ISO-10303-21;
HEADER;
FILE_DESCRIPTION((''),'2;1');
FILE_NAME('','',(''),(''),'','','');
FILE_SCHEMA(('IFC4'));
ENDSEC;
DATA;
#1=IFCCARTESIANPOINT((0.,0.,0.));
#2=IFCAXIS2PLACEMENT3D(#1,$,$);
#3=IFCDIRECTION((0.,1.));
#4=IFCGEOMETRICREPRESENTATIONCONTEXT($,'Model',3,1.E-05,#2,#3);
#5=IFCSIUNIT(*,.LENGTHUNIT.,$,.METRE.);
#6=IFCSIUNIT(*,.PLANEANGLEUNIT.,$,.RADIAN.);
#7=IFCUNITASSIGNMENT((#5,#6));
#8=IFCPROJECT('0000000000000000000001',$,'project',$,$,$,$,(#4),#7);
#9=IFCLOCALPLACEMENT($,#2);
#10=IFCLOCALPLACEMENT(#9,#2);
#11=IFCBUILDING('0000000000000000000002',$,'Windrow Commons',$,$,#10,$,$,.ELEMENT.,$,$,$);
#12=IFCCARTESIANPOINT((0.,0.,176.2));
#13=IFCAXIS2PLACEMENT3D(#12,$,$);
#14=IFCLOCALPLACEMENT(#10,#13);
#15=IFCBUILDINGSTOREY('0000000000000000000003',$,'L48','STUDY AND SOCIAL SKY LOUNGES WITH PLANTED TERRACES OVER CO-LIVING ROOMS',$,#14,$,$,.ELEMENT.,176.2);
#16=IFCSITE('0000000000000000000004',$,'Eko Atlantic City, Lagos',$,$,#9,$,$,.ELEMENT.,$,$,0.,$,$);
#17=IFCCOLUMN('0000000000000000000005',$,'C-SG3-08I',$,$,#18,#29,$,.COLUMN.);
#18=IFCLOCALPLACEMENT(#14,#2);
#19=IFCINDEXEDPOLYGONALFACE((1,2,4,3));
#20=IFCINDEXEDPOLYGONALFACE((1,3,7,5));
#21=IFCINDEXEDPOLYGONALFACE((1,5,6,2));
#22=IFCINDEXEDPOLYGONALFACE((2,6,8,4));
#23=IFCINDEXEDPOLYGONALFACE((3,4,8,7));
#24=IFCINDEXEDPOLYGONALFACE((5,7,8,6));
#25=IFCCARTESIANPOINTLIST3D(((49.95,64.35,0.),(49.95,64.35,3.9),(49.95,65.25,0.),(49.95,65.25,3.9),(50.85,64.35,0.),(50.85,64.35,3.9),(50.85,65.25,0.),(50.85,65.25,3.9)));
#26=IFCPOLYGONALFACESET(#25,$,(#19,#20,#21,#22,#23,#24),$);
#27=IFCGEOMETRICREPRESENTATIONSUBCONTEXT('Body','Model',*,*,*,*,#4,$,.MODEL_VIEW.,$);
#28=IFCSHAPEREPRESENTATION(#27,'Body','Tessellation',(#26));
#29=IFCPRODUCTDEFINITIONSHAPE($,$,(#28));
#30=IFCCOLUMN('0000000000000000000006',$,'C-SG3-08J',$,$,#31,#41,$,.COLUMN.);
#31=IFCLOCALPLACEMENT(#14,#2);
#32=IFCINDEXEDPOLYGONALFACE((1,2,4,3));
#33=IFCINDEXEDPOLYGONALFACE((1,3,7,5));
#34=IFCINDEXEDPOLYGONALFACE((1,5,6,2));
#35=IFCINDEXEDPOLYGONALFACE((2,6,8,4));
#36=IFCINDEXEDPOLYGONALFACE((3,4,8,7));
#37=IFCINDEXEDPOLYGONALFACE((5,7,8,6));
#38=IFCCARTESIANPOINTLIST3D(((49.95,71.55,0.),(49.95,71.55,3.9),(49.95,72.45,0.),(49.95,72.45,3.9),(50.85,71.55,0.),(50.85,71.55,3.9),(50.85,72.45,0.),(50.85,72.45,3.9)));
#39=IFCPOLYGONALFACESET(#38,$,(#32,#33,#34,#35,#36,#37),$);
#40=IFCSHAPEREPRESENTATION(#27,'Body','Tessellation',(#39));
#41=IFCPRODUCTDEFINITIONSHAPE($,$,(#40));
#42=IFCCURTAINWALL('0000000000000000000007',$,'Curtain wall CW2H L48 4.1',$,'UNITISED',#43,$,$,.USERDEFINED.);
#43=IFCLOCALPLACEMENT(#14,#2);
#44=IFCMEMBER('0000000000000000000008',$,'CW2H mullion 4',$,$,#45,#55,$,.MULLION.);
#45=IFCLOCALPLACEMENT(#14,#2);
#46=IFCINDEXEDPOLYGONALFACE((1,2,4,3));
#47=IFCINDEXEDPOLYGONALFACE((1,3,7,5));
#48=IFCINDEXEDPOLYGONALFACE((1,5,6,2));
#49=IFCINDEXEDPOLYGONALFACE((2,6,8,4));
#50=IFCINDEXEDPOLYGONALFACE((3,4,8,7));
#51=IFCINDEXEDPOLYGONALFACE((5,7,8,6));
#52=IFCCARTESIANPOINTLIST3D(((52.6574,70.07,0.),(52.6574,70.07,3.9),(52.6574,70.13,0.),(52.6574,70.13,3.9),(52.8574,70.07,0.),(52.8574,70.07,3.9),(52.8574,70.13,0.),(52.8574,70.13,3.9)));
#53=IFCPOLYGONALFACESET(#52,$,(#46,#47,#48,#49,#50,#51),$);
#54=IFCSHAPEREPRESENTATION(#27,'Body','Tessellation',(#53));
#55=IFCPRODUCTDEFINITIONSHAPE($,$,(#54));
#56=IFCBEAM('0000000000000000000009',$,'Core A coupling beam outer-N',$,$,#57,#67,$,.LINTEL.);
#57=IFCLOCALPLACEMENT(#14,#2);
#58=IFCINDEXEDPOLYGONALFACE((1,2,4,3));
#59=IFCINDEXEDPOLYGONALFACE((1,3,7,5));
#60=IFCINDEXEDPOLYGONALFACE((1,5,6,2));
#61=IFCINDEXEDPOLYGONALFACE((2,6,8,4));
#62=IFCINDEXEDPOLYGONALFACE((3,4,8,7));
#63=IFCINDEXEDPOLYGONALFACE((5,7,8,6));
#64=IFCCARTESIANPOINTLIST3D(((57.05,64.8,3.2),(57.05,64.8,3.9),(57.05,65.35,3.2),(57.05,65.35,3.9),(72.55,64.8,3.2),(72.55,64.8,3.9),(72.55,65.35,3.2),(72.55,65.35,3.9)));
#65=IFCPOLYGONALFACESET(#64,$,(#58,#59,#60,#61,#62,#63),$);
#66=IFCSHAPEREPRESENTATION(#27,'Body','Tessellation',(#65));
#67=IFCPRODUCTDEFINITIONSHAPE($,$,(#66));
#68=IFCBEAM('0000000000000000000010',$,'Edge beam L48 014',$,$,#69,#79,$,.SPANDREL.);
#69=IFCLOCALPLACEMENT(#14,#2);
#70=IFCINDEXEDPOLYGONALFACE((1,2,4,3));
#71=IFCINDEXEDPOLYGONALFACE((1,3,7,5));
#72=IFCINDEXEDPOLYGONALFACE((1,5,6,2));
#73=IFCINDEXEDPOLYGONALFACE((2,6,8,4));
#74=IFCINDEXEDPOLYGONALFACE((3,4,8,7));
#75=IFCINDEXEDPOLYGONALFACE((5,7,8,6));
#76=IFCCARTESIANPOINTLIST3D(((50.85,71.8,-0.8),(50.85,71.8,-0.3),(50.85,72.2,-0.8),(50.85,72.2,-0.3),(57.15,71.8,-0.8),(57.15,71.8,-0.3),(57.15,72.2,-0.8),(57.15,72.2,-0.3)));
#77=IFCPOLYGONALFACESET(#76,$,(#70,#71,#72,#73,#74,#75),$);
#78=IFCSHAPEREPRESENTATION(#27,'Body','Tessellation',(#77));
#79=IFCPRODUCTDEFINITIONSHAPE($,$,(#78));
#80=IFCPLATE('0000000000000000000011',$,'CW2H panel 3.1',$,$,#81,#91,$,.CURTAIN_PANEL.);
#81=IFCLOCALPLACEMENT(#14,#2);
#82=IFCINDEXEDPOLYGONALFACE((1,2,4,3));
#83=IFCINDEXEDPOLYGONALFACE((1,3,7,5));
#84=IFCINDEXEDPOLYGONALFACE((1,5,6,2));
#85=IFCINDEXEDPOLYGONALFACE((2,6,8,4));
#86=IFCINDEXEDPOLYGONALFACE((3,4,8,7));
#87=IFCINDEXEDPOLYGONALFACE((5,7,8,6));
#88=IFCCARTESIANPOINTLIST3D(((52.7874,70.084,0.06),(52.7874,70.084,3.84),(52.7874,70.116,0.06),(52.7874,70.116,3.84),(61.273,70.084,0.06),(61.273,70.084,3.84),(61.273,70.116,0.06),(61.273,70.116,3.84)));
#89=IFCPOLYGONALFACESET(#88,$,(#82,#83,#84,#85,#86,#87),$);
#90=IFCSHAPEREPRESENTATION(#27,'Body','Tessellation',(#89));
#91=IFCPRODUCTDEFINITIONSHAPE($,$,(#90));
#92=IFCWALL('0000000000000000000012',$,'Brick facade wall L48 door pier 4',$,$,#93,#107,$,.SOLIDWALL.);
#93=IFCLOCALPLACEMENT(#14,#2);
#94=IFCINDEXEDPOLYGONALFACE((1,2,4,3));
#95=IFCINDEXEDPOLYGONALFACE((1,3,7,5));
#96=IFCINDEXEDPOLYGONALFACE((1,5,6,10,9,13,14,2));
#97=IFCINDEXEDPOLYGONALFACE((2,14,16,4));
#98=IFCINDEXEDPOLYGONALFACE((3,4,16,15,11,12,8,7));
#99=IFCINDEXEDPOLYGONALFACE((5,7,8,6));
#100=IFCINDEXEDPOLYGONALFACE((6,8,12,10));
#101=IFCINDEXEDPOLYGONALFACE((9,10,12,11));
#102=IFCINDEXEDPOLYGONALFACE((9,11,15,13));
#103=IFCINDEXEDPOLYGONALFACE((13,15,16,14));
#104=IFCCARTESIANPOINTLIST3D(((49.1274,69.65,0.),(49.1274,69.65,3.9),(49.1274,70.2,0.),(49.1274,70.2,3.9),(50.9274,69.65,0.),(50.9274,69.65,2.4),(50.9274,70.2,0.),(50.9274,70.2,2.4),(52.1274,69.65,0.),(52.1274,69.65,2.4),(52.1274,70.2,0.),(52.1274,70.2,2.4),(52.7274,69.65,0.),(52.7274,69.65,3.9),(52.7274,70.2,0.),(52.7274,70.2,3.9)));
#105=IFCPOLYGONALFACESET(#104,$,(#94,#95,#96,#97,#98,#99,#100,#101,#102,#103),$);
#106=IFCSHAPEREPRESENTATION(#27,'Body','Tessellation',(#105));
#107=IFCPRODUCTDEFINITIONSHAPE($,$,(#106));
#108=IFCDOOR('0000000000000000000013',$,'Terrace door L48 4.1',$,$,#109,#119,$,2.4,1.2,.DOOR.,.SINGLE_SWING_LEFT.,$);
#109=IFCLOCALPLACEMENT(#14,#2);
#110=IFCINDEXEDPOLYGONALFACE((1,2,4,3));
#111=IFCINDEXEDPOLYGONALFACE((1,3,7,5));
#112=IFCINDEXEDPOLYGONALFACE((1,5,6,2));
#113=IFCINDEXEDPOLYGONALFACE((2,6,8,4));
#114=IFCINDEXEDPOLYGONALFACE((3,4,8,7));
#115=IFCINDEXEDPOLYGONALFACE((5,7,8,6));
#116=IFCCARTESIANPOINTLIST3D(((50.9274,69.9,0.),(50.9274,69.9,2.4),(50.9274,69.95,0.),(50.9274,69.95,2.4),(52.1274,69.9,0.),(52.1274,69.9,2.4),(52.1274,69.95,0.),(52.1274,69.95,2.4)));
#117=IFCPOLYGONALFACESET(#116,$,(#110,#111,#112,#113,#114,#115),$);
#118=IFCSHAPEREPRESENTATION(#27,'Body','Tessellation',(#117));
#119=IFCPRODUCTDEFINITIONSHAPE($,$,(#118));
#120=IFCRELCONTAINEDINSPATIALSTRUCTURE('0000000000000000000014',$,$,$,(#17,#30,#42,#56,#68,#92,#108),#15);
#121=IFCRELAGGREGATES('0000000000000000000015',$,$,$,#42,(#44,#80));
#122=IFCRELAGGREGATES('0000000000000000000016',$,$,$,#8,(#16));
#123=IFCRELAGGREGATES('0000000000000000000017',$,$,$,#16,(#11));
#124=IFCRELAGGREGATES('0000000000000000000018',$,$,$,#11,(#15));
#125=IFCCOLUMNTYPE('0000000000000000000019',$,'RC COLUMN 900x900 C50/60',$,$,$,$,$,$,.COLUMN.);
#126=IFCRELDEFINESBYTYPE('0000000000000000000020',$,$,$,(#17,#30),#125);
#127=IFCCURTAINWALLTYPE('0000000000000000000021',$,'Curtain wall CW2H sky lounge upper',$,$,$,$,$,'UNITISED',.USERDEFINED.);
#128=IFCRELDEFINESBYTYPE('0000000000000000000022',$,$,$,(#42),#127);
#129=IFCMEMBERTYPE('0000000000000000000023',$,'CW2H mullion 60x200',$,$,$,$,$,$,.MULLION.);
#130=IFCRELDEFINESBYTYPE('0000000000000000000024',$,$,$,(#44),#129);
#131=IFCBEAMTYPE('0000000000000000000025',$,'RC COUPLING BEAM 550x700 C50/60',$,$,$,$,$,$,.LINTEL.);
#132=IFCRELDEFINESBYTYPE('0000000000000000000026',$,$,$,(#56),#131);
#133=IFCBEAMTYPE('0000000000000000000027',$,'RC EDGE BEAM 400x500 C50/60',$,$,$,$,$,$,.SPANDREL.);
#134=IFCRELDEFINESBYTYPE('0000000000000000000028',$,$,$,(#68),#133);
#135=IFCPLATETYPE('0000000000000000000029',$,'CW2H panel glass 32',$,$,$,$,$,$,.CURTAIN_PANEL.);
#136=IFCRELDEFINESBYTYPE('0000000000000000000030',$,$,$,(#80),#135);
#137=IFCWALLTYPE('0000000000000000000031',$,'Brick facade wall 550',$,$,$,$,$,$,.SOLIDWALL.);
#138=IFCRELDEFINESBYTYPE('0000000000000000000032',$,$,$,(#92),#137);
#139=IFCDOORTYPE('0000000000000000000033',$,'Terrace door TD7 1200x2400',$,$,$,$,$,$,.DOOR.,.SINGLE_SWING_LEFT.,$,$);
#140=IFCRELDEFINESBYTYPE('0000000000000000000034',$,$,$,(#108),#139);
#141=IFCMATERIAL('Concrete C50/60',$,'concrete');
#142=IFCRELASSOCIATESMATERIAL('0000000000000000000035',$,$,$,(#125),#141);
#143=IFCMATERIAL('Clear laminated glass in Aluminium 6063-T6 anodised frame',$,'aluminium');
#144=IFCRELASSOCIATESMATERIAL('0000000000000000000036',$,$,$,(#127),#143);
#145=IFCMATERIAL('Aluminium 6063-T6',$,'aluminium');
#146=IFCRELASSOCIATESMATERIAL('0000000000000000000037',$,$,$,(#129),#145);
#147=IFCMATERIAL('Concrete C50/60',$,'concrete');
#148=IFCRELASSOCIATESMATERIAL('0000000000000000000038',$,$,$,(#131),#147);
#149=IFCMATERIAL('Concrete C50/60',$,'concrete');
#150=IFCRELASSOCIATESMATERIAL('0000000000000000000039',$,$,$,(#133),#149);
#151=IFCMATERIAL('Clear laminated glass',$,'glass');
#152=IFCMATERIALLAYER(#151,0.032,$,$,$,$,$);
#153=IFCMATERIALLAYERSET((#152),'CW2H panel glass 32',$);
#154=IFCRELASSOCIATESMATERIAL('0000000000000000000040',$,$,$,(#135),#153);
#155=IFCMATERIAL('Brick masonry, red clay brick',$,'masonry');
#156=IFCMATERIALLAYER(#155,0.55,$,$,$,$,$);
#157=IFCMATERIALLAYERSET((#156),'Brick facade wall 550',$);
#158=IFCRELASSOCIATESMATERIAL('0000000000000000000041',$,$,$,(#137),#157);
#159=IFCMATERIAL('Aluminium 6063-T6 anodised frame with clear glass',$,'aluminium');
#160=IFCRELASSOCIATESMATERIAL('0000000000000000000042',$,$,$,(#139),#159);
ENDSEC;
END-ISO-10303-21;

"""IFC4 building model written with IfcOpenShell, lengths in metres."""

from ifc_helpers import new_model, si_unit, direction, frame, frame_2d, origin, origin_2d, place, context, subcontext, project, spatial, rectangle, extrude, material, layer, layer_set, material_profile, profile_set, type_object, element, fill, aggregate, save


model = new_model("IFC4")

# Units and contexts
model_context = context("Model", 3, precision=1e-05, world=origin(), true_north=direction((0.0, 1.0)))
body_context = subcontext(model_context, "Body", "Model", "MODEL_VIEW")
ifc_project = project(units=[si_unit("LENGTHUNIT", "METRE"), si_unit("PLANEANGLEUNIT", "RADIAN")], contexts=[model_context])

# Site, building, storey
site_placement = place(None, origin())
site = spatial("IfcSite", under=ifc_project, at=site_placement, Name="Eko Atlantic City, Lagos", CompositionType="ELEMENT", RefElevation=0.0)
building_placement = place(site_placement, origin())
building = spatial("IfcBuilding", under=site, at=building_placement, Name="Windrow Commons", CompositionType="ELEMENT")
storey_placement = place(building_placement, frame((0.0, 0.0, 176.2)))
storey = spatial("IfcBuildingStorey", under=building, at=storey_placement, Name="L48", Description="STUDY AND SOCIAL SKY LOUNGES WITH PLANTED TERRACES OVER CO-LIVING ROOMS", CompositionType="ELEMENT", Elevation=176.2)

# Columns
ifc_material_1 = material(Name="Concrete C50/60", Category="concrete")
ifc_material_profile_1 = material_profile(ifc_material_1, rectangle(XDim=0.9, YDim=0.9, at=origin_2d()))
ifc_profile_set_1 = profile_set([ifc_material_profile_1], Name="Concrete C50/60")
column_type = type_object("IfcColumnType", Name="RC COLUMN 900x900 C50/60", PredefinedType="COLUMN", material=ifc_profile_set_1)
for number, where, z_axis, x_axis, name in (
    (1, (50.4, 64.8, 0.0), (0.0, 0.0, 1.0), (1.0, 0.0, 0.0), "C-SG3-08I"),
    (2, (50.4, 72.0, 0.0), (0.0, 0.0, 1.0), (1.0, 0.0, 0.0), "C-SG3-08J"),
):
    element("IfcColumn", number, at=place(storey_placement, frame(where, z_axis=z_axis, x_axis=x_axis)), inside=storey, type_object=column_type, Name=name, PredefinedType="COLUMN", context=body_context, shape_type="SweptSolid", body=[
        extrude(rectangle(XDim=0.9, YDim=0.9, at=origin_2d()), origin(), (0.0, 0.0, 1.0), 3.9),
    ])

# Curtain wall, member
ifc_material_2 = material(Name="Clear laminated glass in Aluminium 6063-T6 anodised frame", Category="aluminium")
curtain_wall_type = type_object("IfcCurtainWallType", Name="Curtain wall CW2H sky lounge upper", ElementType="UNITISED", PredefinedType="USERDEFINED", material=ifc_material_2)
curtain_wall_placement = place(storey_placement, origin())
curtain_wall = element("IfcCurtainWall", 3, at=curtain_wall_placement, inside=storey, type_object=curtain_wall_type, Name="Curtain wall CW2H L48 4.1", ObjectType="UNITISED", PredefinedType="USERDEFINED")
ifc_material_3 = material(Name="Aluminium 6063-T6", Category="aluminium")
ifc_material_profile_2 = material_profile(ifc_material_3, rectangle(XDim=0.06, YDim=0.2, at=origin_2d()))
ifc_profile_set_2 = profile_set([ifc_material_profile_2], Name="Aluminium 6063-T6")
member_type = type_object("IfcMemberType", Name="CW2H mullion 60x200", PredefinedType="MULLION", material=ifc_profile_set_2)
member_placement = place(storey_placement, frame((52.7574, 70.1, 0.0), z_axis=(0.0, 0.0, 1.0), x_axis=(0.0, -1.0, 0.0)))
member = element("IfcMember", 4, at=member_placement, type_object=member_type, Name="CW2H mullion 4", PredefinedType="MULLION", context=body_context, shape_type="SweptSolid", body=[
    extrude(rectangle(XDim=0.06, YDim=0.2, at=origin_2d()), origin(), (0.0, 0.0, 1.0), 3.9),
])

# Beams
ifc_material_4 = material(Name="Concrete C50/60", Category="concrete")
ifc_material_profile_3 = material_profile(ifc_material_4, rectangle(XDim=0.55, YDim=0.7, at=origin_2d()))
ifc_profile_set_3 = profile_set([ifc_material_profile_3], Name="Concrete C50/60")
beam_type_1 = type_object("IfcBeamType", Name="RC COUPLING BEAM 550x700 C50/60", PredefinedType="LINTEL", material=ifc_profile_set_3)
beam_1_placement = place(storey_placement, frame((57.05, 65.075, 3.55), z_axis=(1.0, 0.0, 0.0), x_axis=(0.0, 1.0, 0.0)))
element("IfcBeam", 5, at=beam_1_placement, inside=storey, type_object=beam_type_1, Name="Core A coupling beam outer-N", PredefinedType="LINTEL", context=body_context, shape_type="SweptSolid", body=[
    extrude(rectangle(XDim=0.55, YDim=0.7, at=origin_2d()), origin(), (0.0, 0.0, 1.0), 15.5),
])
ifc_material_5 = material(Name="Concrete C50/60", Category="concrete")
ifc_material_profile_4 = material_profile(ifc_material_5, rectangle(XDim=0.4, YDim=0.5, at=origin_2d()))
ifc_profile_set_4 = profile_set([ifc_material_profile_4], Name="Concrete C50/60")
beam_type_2 = type_object("IfcBeamType", Name="RC EDGE BEAM 400x500 C50/60", PredefinedType="SPANDREL", material=ifc_profile_set_4)
beam_2_placement = place(storey_placement, frame((50.85, 72.0, -0.55), z_axis=(1.0, 0.0, 0.0), x_axis=(0.0, 1.0, 0.0)))
element("IfcBeam", 6, at=beam_2_placement, inside=storey, type_object=beam_type_2, Name="Edge beam L48 014", PredefinedType="SPANDREL", context=body_context, shape_type="SweptSolid", body=[
    extrude(rectangle(XDim=0.4, YDim=0.5, at=origin_2d()), origin(), (0.0, 0.0, 1.0), 6.3),
])

# Plate
ifc_material_6 = material(Name="Clear laminated glass", Category="glass")
ifc_layer_1 = layer(ifc_material_6, 0.032)
ifc_layer_set_1 = layer_set([ifc_layer_1], Name="CW2H panel glass 32")
plate_type = type_object("IfcPlateType", Name="CW2H panel glass 32", PredefinedType="CURTAIN_PANEL", material=ifc_layer_set_1)
plate_placement = place(storey_placement, frame((57.0302, 70.1, 0.06), z_axis=(0.0, 0.0, 1.0), x_axis=(-1.0, 0.0, 0.0)))
plate = element("IfcPlate", 7, at=plate_placement, type_object=plate_type, Name="CW2H panel 3.1", PredefinedType="CURTAIN_PANEL", context=body_context, shape_type="SweptSolid", body=[
    extrude(rectangle(XDim=8.4857, YDim=0.032, at=origin_2d()), origin(), (0.0, 0.0, 1.0), 3.78),
])
aggregate(curtain_wall, [member, plate])

# Wall, opening, door
ifc_material_7 = material(Name="Brick masonry, red clay brick", Category="masonry")
ifc_layer_2 = layer(ifc_material_7, 0.55)
ifc_layer_set_2 = layer_set([ifc_layer_2], Name="Brick facade wall 550")
wall_type_1 = type_object("IfcWallType", Name="Brick facade wall 550", PredefinedType="SOLIDWALL", material=ifc_layer_set_2)
wall_1_placement = place(storey_placement, frame((52.7274, 69.925, 0.0), z_axis=(0.0, 0.0, 1.0), x_axis=(-1.0, 0.0, 0.0)))
wall_1 = element("IfcWall", 8, at=wall_1_placement, inside=storey, type_object=wall_type_1, Name="Brick facade wall L48 door pier 4", PredefinedType="SOLIDWALL", context=body_context, shape_type="SweptSolid", body=[
    extrude(rectangle(XDim=3.6, YDim=0.55, at=frame_2d((1.8, 0.0))), origin(), (0.0, 0.0, 1.0), 3.9),
])
opening_1_placement = place(wall_1_placement, frame((0.6, 0.0, 0.0)))
opening_1 = element("IfcOpeningElement", 9, at=opening_1_placement, cuts=wall_1, PredefinedType="OPENING", context=body_context, shape_type="SweptSolid", body=[
    extrude(rectangle(XDim=1.2, YDim=2.4, at=frame_2d((0.6, 1.2))), frame((0.0, 0.285, 0.0), z_axis=(0.0, -1.0, 0.0), x_axis=(1.0, 0.0, 0.0)), (0.0, 0.0, 1.0), 0.57),
])
ifc_material_8 = material(Name="Aluminium 6063-T6 anodised frame with clear glass", Category="aluminium")
door_type_1 = type_object("IfcDoorType", Name="Terrace door TD7 1200x2400", OperationType="SINGLE_SWING_LEFT", PredefinedType="DOOR", material=ifc_material_8)
door_1_placement = place(opening_1_placement, origin())
door_1 = element("IfcDoor", 10, at=door_1_placement, inside=storey, type_object=door_type_1, Name="Terrace door L48 4.1", OperationType="SINGLE_SWING_LEFT", OverallHeight=2.4, OverallWidth=1.2, PredefinedType="DOOR", context=body_context, shape_type="SweptSolid", body=[
    extrude(rectangle(XDim=1.2, YDim=2.4, at=frame_2d((0.6, 1.2))), frame((0.0, 0.025, 0.0), z_axis=(0.0, -1.0, 0.0), x_axis=(1.0, 0.0, 0.0)), (0.0, 0.0, 1.0), 0.05),
])
fill(opening_1, door_1)

save(model, "model.ifc")
